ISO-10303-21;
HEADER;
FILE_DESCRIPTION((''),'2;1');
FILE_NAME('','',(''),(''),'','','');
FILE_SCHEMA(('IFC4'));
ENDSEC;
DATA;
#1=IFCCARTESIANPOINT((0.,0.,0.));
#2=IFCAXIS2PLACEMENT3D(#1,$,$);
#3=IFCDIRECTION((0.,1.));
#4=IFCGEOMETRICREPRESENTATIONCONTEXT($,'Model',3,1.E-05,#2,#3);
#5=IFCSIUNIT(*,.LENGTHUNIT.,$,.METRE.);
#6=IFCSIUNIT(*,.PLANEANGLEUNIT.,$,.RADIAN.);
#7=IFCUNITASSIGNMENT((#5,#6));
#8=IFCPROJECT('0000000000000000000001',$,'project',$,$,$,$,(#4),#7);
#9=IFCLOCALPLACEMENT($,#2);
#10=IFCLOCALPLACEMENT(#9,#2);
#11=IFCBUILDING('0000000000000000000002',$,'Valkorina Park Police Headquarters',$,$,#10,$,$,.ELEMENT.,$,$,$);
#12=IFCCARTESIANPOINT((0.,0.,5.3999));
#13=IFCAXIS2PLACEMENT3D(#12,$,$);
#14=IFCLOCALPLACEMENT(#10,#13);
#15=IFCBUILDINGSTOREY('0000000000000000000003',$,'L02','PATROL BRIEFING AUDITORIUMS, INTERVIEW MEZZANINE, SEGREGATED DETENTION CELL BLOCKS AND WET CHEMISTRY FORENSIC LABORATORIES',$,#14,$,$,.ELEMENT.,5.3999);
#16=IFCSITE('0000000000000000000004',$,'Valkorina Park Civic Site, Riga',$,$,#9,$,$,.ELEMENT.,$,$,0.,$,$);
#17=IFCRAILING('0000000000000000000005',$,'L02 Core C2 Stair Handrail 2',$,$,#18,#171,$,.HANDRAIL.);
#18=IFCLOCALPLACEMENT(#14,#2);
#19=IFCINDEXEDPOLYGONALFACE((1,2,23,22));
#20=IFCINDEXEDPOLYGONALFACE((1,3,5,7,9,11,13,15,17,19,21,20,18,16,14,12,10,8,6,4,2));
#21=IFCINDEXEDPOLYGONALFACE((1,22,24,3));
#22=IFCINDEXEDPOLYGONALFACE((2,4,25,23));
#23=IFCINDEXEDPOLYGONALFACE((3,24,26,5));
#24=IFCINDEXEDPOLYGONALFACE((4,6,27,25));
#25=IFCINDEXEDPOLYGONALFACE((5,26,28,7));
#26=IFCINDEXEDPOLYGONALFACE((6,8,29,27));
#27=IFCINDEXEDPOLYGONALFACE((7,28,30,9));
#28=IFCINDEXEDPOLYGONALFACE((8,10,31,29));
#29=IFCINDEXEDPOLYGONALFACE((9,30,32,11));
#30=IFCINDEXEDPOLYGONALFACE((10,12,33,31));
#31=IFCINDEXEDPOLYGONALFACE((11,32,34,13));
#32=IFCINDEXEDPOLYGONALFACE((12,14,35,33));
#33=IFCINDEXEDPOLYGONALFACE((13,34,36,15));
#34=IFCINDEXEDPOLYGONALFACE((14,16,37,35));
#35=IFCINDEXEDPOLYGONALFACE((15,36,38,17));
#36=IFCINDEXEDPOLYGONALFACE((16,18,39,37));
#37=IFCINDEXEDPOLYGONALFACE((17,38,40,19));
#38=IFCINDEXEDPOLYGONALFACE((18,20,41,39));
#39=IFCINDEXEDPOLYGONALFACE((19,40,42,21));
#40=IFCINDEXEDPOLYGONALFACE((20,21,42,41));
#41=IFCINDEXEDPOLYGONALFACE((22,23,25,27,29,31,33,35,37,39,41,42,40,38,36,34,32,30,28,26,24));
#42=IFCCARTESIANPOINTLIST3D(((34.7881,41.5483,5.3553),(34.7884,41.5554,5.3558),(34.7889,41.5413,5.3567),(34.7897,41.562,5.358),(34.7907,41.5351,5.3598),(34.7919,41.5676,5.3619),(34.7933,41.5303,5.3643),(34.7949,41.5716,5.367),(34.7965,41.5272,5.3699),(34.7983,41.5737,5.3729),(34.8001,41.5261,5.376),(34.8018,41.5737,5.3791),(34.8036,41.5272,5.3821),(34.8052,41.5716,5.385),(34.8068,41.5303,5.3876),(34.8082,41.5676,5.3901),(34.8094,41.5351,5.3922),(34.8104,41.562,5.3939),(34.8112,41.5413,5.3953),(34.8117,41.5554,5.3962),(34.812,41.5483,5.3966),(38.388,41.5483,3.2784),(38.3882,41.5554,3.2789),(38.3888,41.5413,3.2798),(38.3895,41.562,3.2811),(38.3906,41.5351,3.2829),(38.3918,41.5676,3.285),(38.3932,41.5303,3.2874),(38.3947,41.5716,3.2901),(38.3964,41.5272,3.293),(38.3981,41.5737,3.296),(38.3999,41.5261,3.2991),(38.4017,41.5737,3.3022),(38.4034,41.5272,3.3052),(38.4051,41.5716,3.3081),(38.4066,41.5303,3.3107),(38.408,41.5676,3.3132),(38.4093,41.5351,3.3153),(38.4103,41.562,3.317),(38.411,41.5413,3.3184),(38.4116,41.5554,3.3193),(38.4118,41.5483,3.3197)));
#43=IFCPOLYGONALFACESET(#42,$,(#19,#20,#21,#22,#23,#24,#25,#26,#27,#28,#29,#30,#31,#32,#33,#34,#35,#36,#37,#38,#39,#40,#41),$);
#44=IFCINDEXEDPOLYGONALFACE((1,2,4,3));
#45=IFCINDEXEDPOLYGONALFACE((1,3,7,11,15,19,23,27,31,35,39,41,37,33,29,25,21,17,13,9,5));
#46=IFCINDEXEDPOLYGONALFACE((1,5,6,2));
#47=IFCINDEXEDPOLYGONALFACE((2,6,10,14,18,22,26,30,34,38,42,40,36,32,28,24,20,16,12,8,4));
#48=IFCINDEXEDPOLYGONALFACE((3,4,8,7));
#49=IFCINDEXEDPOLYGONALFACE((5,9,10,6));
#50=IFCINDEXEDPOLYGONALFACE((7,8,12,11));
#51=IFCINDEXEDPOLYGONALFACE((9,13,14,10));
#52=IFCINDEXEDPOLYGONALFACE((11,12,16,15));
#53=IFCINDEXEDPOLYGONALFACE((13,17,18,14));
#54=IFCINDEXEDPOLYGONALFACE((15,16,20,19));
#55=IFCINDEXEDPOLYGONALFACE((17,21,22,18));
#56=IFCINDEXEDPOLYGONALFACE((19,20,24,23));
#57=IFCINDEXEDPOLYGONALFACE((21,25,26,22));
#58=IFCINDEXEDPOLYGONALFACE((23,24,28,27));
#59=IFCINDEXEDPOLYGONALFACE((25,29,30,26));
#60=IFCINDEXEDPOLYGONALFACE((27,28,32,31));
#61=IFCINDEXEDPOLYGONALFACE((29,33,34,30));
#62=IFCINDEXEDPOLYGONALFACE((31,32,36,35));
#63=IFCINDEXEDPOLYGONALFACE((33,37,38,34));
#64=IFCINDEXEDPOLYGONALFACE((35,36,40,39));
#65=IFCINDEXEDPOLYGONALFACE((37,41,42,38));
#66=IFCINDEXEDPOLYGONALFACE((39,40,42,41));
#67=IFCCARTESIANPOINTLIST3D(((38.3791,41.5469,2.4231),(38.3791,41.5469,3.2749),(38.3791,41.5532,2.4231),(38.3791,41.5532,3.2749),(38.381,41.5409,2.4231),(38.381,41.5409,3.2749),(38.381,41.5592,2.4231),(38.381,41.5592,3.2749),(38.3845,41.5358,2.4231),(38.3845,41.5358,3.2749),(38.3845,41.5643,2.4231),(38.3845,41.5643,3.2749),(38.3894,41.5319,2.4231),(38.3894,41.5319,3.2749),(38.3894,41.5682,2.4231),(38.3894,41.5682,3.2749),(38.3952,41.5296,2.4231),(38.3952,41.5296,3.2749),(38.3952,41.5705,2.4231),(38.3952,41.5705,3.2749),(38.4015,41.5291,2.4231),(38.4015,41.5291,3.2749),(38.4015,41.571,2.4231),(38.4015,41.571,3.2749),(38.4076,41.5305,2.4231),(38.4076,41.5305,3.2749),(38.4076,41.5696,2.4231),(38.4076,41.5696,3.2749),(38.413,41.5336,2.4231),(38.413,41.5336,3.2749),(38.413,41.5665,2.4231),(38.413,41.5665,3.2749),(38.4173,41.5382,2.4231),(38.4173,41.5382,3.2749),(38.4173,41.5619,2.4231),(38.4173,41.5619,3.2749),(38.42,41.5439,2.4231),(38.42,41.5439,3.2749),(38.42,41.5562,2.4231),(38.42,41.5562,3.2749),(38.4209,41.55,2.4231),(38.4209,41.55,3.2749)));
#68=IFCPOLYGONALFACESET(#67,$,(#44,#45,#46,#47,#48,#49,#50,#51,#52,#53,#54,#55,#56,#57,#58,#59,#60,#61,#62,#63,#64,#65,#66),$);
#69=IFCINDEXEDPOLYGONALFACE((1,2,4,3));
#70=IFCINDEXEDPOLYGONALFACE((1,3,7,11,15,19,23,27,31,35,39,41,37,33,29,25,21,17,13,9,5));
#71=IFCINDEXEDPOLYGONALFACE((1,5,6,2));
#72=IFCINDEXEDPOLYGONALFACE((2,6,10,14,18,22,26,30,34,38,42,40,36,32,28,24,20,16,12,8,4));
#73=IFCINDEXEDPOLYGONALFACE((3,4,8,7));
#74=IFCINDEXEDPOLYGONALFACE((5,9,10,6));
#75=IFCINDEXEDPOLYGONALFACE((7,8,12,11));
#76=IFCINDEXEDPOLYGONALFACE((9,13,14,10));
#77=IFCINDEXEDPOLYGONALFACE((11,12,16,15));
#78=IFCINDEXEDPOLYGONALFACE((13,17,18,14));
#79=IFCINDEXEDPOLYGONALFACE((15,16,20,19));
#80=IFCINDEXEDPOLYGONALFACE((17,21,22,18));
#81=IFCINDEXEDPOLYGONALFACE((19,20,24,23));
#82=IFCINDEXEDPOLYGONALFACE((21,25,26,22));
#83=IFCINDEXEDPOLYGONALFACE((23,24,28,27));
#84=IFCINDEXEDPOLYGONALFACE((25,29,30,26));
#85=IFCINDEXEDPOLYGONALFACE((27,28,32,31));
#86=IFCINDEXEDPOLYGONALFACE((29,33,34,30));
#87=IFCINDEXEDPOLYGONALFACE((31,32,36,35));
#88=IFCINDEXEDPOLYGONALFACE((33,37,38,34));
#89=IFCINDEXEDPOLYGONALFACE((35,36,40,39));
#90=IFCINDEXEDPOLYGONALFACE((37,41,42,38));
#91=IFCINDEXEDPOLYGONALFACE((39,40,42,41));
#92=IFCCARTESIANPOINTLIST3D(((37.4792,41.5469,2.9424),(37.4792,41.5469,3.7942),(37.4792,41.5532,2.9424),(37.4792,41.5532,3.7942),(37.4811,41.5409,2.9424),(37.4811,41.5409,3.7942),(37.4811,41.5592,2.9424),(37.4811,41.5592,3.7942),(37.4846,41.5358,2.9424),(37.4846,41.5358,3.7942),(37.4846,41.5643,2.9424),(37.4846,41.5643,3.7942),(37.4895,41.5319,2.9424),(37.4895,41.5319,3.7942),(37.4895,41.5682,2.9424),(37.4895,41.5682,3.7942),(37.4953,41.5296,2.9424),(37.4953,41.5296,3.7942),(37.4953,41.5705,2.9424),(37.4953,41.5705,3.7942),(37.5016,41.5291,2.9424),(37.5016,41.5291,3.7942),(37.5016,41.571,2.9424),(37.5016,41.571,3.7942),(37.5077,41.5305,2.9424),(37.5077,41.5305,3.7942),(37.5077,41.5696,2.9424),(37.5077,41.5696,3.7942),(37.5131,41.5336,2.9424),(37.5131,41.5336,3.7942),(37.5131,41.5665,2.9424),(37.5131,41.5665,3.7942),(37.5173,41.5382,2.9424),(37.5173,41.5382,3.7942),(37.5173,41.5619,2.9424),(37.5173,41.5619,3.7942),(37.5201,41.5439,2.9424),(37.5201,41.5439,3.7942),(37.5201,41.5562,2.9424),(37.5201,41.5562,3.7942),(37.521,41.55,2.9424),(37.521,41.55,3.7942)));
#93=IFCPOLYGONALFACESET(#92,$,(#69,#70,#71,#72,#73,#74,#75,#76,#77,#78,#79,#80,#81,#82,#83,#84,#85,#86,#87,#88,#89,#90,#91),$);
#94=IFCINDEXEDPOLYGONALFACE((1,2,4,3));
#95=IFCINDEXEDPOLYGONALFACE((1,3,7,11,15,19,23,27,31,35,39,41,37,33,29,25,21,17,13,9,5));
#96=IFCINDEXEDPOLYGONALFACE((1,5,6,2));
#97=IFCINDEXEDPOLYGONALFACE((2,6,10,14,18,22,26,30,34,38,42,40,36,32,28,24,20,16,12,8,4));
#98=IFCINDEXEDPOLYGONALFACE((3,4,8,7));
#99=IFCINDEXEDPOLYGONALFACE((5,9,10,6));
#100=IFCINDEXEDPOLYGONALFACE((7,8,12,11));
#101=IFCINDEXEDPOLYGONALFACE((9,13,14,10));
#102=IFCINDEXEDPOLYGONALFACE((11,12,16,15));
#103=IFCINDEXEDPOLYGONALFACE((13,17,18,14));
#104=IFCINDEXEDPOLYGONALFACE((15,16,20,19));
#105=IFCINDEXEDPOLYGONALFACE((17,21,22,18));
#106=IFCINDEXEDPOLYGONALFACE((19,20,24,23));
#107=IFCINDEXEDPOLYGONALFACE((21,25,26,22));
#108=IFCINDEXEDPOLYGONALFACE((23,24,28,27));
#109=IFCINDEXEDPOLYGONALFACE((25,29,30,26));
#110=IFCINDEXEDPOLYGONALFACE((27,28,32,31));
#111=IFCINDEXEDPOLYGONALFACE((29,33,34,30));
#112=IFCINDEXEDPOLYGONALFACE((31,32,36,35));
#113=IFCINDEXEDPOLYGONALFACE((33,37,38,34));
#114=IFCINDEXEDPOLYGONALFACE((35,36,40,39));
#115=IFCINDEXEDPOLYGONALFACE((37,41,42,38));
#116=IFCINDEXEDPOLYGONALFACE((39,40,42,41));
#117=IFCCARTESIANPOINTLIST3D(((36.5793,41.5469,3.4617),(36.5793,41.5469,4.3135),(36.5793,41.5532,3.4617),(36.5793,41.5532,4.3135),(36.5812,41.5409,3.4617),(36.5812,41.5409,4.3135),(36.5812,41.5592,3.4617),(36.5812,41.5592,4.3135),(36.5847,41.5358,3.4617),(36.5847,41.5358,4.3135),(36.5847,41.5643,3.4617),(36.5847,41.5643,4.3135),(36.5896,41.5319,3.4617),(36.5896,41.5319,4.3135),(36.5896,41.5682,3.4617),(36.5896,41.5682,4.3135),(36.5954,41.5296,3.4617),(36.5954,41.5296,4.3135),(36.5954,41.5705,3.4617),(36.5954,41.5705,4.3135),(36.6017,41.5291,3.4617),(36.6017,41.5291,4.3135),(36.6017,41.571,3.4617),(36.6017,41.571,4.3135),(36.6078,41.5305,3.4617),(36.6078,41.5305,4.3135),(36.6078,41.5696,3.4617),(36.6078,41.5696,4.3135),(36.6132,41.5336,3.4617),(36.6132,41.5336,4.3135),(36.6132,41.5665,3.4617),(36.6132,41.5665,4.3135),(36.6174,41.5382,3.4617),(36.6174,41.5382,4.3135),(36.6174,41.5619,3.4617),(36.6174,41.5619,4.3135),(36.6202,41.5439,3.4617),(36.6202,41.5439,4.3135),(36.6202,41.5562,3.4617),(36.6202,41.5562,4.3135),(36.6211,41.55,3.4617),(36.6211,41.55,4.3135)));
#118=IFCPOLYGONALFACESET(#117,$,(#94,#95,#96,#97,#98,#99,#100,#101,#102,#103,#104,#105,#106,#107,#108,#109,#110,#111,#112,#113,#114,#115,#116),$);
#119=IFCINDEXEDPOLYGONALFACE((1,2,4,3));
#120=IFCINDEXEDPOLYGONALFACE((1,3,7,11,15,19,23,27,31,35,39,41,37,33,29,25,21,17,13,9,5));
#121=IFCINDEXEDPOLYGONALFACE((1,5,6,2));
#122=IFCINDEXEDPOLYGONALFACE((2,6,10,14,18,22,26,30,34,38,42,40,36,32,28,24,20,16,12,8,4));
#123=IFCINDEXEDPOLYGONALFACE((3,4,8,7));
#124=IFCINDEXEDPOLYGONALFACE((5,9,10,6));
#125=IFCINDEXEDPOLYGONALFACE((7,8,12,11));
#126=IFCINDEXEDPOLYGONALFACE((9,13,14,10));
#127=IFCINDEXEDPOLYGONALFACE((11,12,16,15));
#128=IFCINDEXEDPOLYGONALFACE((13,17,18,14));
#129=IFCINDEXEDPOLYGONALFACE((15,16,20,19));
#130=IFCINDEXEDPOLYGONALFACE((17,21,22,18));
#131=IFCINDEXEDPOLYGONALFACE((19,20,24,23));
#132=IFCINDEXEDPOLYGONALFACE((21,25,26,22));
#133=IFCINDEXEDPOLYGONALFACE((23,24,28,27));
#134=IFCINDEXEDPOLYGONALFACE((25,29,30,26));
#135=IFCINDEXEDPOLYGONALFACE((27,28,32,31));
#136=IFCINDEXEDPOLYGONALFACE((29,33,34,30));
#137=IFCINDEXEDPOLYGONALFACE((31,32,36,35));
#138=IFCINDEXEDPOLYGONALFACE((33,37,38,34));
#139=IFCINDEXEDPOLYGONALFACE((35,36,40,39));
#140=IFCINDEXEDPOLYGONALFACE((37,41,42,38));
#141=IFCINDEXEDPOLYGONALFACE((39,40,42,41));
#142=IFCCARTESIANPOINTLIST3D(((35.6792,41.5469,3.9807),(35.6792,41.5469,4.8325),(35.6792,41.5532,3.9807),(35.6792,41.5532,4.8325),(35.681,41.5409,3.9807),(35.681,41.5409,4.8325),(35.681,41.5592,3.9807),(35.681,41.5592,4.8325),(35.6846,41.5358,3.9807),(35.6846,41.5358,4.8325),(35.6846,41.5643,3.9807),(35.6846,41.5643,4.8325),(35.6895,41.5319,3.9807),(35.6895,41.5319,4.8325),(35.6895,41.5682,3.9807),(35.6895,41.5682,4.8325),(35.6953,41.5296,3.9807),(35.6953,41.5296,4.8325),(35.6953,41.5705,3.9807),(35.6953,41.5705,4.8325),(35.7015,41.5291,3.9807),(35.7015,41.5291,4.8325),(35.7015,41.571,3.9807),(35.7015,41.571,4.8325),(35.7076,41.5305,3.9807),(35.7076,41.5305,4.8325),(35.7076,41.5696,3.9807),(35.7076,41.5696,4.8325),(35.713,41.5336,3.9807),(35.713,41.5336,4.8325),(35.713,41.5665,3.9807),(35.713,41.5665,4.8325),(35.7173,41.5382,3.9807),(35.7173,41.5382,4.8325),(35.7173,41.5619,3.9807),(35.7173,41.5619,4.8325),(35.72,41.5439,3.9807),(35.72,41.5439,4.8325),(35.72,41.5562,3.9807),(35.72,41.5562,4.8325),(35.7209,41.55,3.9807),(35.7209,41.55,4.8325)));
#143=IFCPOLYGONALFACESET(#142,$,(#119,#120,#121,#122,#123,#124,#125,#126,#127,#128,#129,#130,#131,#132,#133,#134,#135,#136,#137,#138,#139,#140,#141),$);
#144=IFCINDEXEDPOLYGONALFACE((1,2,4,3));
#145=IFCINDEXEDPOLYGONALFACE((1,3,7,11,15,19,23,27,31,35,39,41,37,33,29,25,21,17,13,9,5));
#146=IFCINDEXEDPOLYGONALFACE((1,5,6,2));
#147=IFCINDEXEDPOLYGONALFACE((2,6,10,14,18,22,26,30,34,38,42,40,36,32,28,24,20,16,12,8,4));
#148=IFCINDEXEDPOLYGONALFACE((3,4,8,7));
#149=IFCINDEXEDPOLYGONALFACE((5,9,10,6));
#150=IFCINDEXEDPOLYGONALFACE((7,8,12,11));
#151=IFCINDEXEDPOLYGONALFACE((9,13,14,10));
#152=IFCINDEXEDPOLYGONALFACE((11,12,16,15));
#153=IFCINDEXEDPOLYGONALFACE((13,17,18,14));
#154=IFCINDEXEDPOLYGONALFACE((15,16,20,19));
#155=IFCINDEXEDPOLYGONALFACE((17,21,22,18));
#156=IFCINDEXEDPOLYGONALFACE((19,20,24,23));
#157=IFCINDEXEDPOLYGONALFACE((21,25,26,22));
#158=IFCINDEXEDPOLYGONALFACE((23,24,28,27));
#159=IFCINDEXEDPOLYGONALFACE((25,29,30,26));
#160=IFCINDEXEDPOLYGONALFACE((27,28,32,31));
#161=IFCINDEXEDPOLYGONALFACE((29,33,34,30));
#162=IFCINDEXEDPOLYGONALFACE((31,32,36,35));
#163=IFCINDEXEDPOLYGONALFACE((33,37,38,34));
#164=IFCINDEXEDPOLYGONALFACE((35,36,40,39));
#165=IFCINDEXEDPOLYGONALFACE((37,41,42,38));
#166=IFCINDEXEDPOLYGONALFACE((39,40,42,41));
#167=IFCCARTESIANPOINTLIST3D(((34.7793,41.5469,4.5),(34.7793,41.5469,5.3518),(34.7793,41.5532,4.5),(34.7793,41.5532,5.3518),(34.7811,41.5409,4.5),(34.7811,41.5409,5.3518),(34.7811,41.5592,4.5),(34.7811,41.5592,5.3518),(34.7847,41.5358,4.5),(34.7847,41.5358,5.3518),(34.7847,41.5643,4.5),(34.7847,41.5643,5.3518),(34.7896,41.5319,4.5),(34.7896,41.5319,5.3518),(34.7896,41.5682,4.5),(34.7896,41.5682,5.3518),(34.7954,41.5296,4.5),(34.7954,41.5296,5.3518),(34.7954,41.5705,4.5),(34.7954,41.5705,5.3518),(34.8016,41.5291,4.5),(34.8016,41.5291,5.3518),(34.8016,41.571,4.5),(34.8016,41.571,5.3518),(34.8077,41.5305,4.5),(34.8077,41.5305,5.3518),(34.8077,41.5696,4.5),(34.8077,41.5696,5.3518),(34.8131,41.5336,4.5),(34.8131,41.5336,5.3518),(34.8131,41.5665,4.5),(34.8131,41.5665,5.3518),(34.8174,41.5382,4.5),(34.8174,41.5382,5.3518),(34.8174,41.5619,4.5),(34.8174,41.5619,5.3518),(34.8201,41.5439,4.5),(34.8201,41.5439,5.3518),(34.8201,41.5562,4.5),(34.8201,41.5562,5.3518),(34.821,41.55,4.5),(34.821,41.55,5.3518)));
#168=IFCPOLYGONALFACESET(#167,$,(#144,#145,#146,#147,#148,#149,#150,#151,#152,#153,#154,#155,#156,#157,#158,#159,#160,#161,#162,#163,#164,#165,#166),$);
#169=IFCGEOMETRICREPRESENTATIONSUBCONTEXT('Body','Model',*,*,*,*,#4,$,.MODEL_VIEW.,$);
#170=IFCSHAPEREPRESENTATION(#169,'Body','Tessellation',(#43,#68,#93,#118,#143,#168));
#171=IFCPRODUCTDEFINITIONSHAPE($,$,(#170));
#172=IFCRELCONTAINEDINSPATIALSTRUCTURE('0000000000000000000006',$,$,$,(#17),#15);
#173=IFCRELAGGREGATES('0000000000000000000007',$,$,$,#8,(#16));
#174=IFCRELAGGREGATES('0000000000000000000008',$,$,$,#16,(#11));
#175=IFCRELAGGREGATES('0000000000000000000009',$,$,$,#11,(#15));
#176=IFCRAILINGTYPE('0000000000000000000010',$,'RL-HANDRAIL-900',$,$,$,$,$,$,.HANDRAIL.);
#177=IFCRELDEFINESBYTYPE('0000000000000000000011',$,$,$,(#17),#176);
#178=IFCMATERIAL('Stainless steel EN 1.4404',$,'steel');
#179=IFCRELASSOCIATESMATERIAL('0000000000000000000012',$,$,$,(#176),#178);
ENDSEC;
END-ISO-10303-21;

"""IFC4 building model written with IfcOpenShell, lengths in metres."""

from ifc_helpers import new_model, si_unit, direction, frame, origin, origin_2d, place, context, subcontext, project, spatial, circle, extrude, material, type_object, element, save


model = new_model("IFC4")

# Units and contexts
model_context = context("Model", 3, precision=1e-05, world=origin(), true_north=direction((0.0, 1.0)))
body_context = subcontext(model_context, "Body", "Model", "MODEL_VIEW")
ifc_project = project(units=[si_unit("LENGTHUNIT", "METRE"), si_unit("PLANEANGLEUNIT", "RADIAN")], contexts=[model_context])

# Site, building, storey
site_placement = place(None, origin())
site = spatial("IfcSite", under=ifc_project, at=site_placement, Name="Valkorina Park Civic Site, Riga", CompositionType="ELEMENT", RefElevation=0.0)
building_placement = place(site_placement, origin())
building = spatial("IfcBuilding", under=site, at=building_placement, Name="Valkorina Park Police Headquarters", CompositionType="ELEMENT")
storey_placement = place(building_placement, frame((0.0, 0.0, 5.3999)))
storey = spatial("IfcBuildingStorey", under=building, at=storey_placement, Name="L02", Description="PATROL BRIEFING AUDITORIUMS, INTERVIEW MEZZANINE, SEGREGATED DETENTION CELL BLOCKS AND WET CHEMISTRY FORENSIC LABORATORIES", CompositionType="ELEMENT", Elevation=5.3999)

# Railing
ifc_material_1 = material(Name="Stainless steel EN 1.4404", Category="steel")
railing_type_1 = type_object("IfcRailingType", Name="RL-HANDRAIL-900", PredefinedType="HANDRAIL", material=ifc_material_1)
railing_1_placement = place(storey_placement, frame((38.3999, 41.55, 2.4231)))
element("IfcRailing", 1, at=railing_1_placement, inside=storey, type_object=railing_type_1, Name="L02 Core C2 Stair Handrail 2", PredefinedType="HANDRAIL", context=body_context, shape_type="SweptSolid", body=[
    extrude(circle(Radius=0.0239, at=origin_2d()), frame((0.0, 0.0, 0.876), z_axis=(-0.866179, 0.0, 0.499734), x_axis=(0.0, -1.0, 0.0)), (0.0, 0.0, 1.0), 4.156),
    extrude(circle(Radius=0.021, at=origin_2d()), origin(), (0.0, 0.0, 1.0), 0.8518),
    extrude(circle(Radius=0.021, at=origin_2d()), frame((-0.8999, 0.0, 0.5193)), (0.0, 0.0, 1.0), 0.8518),
    extrude(circle(Radius=0.021, at=origin_2d()), frame((-1.7998, 0.0, 1.0386)), (0.0, 0.0, 1.0), 0.8518),
    extrude(circle(Radius=0.021, at=origin_2d()), frame((-2.7, 0.0, 1.5576)), (0.0, 0.0, 1.0), 0.8518),
    extrude(circle(Radius=0.021, at=origin_2d()), frame((-3.5999, 0.0, 2.0769)), (0.0, 0.0, 1.0), 0.8518),
])

save(model, "model.ifc")
